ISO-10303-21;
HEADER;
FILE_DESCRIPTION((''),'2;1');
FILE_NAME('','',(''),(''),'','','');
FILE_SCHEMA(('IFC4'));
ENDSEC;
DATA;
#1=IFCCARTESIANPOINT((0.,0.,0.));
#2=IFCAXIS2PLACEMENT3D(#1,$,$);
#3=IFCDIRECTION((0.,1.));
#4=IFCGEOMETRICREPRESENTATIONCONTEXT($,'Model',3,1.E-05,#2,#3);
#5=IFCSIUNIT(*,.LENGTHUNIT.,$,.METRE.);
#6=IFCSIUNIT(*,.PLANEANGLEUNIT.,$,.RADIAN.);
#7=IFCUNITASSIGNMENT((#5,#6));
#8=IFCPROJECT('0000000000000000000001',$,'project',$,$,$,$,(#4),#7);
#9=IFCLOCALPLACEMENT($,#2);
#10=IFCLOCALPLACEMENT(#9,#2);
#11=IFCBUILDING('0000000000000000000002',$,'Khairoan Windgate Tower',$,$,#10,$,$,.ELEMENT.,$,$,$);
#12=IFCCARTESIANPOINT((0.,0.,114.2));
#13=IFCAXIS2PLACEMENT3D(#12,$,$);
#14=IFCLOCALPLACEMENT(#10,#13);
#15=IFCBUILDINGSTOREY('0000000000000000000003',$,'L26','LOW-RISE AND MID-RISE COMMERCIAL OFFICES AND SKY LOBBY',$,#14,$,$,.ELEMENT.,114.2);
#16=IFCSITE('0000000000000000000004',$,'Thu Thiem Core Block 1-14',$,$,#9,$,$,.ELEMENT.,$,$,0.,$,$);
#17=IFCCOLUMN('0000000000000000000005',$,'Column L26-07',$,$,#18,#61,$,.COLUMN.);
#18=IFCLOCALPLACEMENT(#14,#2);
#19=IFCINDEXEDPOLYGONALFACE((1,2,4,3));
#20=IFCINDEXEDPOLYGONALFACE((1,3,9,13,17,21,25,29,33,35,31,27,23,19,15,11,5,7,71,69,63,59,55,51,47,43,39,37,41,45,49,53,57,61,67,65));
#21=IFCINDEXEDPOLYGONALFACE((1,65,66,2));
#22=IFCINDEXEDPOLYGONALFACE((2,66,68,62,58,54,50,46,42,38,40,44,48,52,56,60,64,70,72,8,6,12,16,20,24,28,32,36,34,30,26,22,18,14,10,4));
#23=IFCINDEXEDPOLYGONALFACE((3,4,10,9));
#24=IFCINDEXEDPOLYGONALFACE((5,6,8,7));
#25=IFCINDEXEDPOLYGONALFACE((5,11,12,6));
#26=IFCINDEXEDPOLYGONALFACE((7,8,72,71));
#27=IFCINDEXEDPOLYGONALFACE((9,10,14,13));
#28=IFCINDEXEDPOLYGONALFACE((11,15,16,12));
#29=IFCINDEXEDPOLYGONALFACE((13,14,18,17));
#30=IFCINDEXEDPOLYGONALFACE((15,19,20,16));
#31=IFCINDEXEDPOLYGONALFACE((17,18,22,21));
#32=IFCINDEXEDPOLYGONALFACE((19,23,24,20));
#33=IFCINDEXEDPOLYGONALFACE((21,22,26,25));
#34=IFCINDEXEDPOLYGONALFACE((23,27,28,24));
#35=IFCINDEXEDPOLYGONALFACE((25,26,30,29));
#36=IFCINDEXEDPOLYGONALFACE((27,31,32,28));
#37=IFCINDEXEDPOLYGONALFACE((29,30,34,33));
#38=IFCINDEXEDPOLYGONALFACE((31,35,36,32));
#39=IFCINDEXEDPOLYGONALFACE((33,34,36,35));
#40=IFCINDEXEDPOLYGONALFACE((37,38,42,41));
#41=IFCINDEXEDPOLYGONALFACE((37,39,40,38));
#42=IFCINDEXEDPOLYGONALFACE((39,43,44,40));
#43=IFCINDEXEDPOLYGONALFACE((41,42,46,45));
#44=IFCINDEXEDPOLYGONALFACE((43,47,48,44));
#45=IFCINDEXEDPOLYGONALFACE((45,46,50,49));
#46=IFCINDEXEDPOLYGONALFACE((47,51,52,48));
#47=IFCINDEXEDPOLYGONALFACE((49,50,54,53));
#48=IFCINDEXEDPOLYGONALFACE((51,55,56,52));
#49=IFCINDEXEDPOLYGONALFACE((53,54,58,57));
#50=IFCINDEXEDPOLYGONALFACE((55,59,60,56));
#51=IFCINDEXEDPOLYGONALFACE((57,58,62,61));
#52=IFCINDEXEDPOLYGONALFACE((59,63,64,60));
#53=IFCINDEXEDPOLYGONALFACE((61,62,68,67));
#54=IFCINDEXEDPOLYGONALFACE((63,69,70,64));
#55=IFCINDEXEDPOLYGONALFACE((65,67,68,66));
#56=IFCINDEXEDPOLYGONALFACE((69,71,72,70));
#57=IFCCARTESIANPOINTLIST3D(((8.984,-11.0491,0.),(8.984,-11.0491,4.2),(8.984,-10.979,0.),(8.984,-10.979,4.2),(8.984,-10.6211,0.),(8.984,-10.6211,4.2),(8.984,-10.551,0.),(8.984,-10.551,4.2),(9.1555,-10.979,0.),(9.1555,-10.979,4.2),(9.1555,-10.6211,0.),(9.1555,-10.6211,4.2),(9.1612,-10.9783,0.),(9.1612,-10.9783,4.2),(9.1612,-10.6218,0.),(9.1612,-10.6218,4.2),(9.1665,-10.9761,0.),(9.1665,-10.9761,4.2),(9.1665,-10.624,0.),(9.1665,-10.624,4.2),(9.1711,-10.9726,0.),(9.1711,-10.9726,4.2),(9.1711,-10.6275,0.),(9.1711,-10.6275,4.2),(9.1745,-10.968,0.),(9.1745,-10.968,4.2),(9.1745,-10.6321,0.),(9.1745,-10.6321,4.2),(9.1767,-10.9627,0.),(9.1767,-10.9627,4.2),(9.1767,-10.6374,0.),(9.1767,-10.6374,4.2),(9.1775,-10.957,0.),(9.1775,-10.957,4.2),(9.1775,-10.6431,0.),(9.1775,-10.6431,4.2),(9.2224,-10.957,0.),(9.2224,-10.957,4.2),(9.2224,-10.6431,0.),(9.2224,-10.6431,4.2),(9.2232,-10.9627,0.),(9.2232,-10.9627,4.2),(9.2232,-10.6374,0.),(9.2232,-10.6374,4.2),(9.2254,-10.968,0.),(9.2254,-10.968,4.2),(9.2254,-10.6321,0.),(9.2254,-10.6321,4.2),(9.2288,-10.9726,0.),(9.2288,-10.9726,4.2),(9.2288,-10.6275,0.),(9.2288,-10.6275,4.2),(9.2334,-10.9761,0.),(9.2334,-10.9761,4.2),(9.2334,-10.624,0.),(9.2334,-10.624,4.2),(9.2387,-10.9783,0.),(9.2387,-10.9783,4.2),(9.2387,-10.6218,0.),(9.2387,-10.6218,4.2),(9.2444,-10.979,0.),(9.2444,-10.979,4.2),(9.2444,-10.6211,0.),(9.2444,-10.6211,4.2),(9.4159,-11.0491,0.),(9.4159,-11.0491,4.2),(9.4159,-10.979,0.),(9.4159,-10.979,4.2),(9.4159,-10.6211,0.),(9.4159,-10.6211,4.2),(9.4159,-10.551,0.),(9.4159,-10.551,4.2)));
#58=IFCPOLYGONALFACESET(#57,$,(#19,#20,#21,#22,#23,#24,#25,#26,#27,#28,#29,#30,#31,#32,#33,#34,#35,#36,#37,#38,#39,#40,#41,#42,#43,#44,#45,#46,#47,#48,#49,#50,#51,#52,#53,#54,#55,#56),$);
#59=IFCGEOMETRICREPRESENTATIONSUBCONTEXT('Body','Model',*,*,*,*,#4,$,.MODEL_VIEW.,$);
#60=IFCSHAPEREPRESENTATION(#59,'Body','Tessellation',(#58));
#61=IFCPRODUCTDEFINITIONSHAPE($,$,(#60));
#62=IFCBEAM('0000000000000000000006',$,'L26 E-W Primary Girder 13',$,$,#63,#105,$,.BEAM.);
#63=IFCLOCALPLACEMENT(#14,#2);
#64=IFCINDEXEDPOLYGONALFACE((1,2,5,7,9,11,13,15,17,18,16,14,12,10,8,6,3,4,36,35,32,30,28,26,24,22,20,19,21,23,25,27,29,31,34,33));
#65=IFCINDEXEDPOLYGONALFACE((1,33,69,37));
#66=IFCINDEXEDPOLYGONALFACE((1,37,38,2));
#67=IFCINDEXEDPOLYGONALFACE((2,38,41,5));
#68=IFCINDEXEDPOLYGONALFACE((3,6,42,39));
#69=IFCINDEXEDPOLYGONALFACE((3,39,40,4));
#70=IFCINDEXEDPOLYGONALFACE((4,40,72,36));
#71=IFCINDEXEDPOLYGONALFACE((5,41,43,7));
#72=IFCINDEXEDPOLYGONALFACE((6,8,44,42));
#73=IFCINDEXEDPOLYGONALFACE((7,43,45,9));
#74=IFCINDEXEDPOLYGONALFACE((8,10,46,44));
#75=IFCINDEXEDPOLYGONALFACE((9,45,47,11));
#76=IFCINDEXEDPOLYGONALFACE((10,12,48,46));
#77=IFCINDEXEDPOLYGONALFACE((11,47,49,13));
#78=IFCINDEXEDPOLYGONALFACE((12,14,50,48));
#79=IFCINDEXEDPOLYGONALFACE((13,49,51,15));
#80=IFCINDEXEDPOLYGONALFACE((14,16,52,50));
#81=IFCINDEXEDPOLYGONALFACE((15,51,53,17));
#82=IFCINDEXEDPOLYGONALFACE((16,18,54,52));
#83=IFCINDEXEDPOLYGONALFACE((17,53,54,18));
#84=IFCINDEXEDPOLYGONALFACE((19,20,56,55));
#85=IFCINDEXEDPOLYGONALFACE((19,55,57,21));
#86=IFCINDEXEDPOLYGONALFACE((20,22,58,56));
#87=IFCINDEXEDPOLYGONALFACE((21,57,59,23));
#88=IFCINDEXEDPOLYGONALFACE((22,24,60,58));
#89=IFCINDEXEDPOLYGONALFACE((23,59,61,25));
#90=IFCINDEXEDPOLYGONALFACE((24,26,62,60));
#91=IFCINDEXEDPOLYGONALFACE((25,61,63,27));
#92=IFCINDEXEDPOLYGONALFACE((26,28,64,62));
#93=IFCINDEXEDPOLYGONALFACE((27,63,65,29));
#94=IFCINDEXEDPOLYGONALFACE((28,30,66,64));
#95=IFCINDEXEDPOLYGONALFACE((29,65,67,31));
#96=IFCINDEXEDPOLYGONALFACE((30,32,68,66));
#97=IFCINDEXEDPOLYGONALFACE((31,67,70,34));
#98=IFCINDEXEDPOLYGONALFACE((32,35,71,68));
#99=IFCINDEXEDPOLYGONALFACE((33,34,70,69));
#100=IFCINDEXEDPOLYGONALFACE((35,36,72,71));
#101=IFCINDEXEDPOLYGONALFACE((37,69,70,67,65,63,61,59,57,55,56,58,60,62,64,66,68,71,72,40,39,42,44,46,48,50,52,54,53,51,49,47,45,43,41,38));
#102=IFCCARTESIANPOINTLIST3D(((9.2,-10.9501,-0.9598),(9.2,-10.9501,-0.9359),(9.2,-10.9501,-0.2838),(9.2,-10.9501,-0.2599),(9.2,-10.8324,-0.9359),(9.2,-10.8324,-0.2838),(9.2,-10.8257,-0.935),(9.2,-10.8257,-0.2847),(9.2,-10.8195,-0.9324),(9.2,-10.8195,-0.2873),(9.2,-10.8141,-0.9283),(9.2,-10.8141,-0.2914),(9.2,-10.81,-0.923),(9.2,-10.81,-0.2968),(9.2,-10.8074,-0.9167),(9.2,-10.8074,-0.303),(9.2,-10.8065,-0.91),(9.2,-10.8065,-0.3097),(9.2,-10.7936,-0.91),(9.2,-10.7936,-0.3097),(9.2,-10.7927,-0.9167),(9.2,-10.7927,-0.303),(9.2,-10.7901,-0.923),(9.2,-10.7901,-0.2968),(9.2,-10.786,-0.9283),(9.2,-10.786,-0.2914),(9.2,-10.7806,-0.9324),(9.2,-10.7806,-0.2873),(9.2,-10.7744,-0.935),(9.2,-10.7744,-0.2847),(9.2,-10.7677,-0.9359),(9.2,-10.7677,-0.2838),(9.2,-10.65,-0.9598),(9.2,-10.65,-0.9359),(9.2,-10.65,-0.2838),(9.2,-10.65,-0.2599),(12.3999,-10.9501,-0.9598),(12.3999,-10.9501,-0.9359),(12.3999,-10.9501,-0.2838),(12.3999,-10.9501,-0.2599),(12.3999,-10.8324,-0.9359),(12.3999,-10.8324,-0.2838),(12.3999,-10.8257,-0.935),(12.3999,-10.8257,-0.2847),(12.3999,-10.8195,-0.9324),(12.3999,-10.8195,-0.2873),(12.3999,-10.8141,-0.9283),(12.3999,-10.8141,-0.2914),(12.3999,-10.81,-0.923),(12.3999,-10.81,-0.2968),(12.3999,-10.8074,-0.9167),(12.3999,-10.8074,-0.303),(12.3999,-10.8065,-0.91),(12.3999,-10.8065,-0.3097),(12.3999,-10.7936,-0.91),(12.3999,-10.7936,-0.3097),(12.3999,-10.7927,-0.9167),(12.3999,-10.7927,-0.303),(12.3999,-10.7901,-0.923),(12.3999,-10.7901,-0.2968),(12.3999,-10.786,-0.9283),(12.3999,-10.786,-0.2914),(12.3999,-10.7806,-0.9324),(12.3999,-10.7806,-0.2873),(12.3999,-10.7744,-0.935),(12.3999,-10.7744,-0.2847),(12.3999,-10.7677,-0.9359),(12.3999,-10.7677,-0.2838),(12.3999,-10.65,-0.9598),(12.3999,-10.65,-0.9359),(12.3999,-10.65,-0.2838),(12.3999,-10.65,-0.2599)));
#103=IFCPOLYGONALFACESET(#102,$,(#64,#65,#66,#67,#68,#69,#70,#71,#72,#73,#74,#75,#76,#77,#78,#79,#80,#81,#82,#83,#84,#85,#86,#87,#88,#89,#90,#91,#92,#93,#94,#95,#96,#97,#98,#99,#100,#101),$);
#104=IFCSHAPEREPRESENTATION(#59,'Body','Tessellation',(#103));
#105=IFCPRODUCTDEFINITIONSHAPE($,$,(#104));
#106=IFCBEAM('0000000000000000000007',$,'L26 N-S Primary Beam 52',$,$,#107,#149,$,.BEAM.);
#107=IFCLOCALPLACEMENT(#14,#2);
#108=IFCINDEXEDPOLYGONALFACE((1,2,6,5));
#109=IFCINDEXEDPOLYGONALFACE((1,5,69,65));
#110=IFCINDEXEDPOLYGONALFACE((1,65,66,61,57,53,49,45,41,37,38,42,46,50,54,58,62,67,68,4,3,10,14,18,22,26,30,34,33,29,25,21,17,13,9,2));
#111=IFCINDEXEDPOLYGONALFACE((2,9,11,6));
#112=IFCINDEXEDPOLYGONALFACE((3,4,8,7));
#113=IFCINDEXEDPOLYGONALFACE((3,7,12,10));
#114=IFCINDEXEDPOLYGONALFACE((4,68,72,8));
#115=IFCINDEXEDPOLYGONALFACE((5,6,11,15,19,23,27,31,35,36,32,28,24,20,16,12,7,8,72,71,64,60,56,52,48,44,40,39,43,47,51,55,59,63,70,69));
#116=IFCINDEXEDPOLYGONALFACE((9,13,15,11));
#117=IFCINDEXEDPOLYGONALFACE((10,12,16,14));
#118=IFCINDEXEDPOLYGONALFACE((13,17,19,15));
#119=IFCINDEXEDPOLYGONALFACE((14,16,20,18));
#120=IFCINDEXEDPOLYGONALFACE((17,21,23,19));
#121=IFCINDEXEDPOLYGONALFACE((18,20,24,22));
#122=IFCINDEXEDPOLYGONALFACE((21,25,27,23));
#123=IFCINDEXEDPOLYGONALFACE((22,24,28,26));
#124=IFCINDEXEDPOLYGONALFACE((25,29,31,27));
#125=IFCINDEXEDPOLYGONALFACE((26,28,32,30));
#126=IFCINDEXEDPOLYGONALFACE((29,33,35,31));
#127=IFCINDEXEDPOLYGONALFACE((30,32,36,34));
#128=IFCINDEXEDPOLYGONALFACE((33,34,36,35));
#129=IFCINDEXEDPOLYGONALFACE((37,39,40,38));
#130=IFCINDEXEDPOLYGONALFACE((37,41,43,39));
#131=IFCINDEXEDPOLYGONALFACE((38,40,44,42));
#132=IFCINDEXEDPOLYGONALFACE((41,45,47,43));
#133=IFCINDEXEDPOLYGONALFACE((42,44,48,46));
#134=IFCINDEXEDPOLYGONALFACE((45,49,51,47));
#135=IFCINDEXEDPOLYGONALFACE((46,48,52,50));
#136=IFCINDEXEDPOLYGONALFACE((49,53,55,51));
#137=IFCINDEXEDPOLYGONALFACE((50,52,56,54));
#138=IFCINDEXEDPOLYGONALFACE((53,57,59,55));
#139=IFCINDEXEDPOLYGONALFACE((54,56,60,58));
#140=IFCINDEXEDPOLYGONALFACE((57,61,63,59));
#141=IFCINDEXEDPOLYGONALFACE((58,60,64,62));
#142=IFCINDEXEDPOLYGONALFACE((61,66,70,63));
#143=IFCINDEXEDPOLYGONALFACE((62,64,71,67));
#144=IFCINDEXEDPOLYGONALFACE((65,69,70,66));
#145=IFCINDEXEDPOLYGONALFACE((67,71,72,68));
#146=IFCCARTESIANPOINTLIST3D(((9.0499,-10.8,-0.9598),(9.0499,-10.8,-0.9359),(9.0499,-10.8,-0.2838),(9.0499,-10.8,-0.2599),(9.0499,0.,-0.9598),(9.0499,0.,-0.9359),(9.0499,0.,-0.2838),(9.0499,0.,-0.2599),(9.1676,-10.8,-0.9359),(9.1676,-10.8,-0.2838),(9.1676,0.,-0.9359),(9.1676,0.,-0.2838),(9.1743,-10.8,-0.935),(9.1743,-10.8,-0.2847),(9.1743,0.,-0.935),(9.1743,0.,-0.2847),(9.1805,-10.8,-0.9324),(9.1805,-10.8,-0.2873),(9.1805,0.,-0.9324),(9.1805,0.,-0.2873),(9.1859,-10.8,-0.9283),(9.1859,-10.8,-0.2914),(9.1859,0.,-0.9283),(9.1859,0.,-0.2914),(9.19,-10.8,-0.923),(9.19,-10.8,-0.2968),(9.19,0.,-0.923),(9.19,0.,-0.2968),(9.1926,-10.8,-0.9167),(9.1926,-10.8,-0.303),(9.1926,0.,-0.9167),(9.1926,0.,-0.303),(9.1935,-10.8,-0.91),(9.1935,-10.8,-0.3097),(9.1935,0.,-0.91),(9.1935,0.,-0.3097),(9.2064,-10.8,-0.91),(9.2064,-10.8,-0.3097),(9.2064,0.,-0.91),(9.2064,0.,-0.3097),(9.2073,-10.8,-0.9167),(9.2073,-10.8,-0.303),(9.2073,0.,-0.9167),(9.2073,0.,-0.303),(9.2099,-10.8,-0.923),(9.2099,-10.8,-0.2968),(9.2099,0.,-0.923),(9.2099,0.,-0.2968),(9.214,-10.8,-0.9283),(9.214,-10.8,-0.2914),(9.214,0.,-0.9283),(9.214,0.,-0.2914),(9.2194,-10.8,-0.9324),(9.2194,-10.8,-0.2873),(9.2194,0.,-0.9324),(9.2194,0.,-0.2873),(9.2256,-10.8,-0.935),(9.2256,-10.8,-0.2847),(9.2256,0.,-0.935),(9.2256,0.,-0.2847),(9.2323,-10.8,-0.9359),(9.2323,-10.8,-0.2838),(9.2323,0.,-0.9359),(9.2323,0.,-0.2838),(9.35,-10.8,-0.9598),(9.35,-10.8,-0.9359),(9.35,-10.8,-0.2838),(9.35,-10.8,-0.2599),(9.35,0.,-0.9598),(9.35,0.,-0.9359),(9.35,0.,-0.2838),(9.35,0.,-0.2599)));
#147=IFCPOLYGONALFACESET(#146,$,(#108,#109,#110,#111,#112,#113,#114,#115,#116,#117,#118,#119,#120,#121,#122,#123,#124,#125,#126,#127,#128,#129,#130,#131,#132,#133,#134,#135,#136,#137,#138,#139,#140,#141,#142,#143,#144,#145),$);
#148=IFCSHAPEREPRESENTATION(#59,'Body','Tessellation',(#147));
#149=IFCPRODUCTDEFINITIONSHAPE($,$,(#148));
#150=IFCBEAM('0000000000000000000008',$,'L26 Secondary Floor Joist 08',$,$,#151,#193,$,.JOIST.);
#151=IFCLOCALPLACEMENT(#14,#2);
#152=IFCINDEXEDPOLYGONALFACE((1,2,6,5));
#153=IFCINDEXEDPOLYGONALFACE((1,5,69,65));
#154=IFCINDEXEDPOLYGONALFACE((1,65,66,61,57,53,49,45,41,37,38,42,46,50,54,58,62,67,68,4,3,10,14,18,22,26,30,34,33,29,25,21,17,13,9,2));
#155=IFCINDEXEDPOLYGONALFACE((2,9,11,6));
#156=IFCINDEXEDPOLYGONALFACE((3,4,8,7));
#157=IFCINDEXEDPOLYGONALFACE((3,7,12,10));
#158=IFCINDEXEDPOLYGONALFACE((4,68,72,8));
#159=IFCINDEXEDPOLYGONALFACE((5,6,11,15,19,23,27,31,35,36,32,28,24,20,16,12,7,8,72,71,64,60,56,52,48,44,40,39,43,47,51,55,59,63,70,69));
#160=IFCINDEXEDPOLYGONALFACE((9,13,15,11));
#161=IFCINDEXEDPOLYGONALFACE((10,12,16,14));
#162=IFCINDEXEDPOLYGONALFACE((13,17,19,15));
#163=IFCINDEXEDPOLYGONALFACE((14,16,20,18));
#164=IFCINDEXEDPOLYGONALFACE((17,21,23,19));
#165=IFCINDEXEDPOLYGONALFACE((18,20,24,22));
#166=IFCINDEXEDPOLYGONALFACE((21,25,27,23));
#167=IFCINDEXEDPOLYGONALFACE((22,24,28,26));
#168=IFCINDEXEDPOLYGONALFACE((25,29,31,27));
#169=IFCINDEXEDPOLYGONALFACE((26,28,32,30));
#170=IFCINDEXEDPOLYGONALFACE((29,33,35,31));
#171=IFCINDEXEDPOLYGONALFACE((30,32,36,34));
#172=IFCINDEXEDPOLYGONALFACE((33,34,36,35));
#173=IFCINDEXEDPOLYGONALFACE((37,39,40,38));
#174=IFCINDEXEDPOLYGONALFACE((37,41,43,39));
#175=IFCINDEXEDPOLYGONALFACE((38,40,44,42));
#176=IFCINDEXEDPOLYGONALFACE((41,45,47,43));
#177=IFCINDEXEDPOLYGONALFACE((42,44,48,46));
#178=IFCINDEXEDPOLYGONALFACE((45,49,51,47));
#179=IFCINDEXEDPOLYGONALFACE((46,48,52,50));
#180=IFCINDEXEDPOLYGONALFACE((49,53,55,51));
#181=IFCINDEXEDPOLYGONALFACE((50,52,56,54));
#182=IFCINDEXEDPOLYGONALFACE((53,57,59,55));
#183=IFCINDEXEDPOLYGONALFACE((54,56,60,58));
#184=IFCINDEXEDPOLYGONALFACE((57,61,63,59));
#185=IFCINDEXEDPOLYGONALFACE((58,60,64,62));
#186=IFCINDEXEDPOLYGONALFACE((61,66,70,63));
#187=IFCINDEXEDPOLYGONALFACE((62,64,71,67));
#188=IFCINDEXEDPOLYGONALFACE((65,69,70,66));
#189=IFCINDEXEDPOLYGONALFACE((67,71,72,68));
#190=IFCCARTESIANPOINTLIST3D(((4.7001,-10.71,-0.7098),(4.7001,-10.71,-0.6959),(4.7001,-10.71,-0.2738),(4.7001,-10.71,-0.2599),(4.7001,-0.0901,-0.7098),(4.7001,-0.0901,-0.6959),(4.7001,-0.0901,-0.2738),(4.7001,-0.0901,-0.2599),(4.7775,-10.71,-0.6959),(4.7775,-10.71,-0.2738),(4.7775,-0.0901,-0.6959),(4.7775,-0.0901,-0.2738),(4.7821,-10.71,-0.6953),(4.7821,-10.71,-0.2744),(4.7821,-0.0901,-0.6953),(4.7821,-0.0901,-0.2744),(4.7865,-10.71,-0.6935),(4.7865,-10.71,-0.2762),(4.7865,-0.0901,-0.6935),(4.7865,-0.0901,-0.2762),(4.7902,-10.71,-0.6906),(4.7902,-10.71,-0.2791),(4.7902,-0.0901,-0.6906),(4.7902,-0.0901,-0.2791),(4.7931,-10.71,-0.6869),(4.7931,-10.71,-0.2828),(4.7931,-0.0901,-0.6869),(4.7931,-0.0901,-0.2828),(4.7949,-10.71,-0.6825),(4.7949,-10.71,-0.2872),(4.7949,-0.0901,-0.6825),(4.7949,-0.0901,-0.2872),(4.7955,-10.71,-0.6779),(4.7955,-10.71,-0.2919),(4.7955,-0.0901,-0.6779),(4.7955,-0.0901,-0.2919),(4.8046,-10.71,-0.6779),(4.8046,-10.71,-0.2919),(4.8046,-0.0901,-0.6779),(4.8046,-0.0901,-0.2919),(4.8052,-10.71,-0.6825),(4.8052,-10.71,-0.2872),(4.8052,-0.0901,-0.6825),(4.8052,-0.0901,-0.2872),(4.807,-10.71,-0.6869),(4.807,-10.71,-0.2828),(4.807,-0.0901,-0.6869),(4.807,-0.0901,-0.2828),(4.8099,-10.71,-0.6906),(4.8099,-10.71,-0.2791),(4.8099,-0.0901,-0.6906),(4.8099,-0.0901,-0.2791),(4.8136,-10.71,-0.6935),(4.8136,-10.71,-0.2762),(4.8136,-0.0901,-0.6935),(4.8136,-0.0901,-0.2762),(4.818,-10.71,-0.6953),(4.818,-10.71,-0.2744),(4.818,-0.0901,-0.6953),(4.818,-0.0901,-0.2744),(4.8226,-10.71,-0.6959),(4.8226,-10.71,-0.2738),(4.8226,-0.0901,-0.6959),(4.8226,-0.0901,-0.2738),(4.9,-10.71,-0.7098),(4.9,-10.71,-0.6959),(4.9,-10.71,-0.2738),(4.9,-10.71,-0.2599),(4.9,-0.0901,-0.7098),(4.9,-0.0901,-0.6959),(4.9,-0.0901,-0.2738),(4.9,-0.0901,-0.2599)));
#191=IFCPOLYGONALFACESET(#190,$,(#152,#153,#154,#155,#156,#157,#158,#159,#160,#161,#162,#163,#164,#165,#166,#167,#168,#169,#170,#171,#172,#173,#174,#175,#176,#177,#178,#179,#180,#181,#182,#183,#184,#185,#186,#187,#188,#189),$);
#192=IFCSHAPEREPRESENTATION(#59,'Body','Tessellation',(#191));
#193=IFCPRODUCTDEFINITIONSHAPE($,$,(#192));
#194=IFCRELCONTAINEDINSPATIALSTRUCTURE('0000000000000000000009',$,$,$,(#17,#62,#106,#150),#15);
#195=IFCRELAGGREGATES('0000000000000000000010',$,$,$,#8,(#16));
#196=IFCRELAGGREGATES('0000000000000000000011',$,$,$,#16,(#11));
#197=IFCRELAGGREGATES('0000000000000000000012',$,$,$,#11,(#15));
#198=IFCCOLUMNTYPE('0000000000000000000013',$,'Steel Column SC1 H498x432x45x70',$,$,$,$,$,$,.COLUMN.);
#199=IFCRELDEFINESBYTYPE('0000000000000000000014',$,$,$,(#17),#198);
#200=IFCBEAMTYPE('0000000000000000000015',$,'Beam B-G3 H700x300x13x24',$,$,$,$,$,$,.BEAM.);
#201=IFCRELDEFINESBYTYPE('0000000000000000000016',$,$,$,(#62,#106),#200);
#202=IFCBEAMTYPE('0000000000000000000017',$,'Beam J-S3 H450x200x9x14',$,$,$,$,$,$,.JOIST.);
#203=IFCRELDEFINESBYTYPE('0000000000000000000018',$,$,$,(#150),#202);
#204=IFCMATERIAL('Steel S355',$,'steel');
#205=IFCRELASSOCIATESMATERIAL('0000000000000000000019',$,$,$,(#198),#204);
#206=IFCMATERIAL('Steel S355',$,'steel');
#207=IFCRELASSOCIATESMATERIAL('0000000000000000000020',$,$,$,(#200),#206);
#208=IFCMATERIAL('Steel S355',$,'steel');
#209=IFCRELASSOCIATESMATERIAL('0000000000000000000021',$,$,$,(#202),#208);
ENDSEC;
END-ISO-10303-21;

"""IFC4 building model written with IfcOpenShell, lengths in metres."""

from ifc_helpers import new_model, si_unit, direction, frame, origin, origin_2d, place, context, subcontext, project, spatial, i_section, extrude, material, material_profile, profile_set, type_object, element, save


model = new_model("IFC4")

# Units and contexts
model_context = context("Model", 3, precision=1e-05, world=origin(), true_north=direction((0.0, 1.0)))
body_context = subcontext(model_context, "Body", "Model", "MODEL_VIEW")
ifc_project = project(units=[si_unit("LENGTHUNIT", "METRE"), si_unit("PLANEANGLEUNIT", "RADIAN")], contexts=[model_context])

# Site, building, storey
site_placement = place(None, origin())
site = spatial("IfcSite", under=ifc_project, at=site_placement, Name="Thu Thiem Core Block 1-14", CompositionType="ELEMENT", RefElevation=0.0)
building_placement = place(site_placement, origin())
building = spatial("IfcBuilding", under=site, at=building_placement, Name="Khairoan Windgate Tower", CompositionType="ELEMENT")
storey_placement = place(building_placement, frame((0.0, 0.0, 114.2)))
storey = spatial("IfcBuildingStorey", under=building, at=storey_placement, Name="L26", Description="LOW-RISE AND MID-RISE COMMERCIAL OFFICES AND SKY LOBBY", CompositionType="ELEMENT", Elevation=114.2)

# Column
ifc_material_1 = material(Name="Steel S355", Category="steel")
ifc_material_profile_1 = material_profile(ifc_material_1, i_section(OverallWidth=0.4319, OverallDepth=0.498, WebThickness=0.0449, FlangeThickness=0.0701, FilletRadius=0.022, at=origin_2d()))
ifc_profile_set_1 = profile_set([ifc_material_profile_1], Name="Steel S355")
column_type = type_object("IfcColumnType", Name="Steel Column SC1 H498x432x45x70", PredefinedType="COLUMN", material=ifc_profile_set_1)
column_placement = place(storey_placement, frame((9.2, -10.8, 0.0), z_axis=(0.0, 0.0, 1.0), x_axis=(1.0, 0.0, 0.0)))
element("IfcColumn", 1, at=column_placement, inside=storey, type_object=column_type, Name="Column L26-07", PredefinedType="COLUMN", context=body_context, shape_type="SweptSolid", body=[
    extrude(i_section(OverallWidth=0.4319, OverallDepth=0.498, WebThickness=0.0449, FlangeThickness=0.0701, FilletRadius=0.022, at=origin_2d()), origin(), (0.0, 0.0, 1.0), 4.2),
])

# Beams
ifc_material_2 = material(Name="Steel S355", Category="steel")
ifc_material_profile_2 = material_profile(ifc_material_2, i_section(OverallWidth=0.3, OverallDepth=0.7, WebThickness=0.0129, FlangeThickness=0.0239, FilletRadius=0.0259, at=origin_2d()))
ifc_profile_set_2 = profile_set([ifc_material_profile_2], Name="Steel S355")
beam_type_1 = type_object("IfcBeamType", Name="Beam B-G3 H700x300x13x24", PredefinedType="BEAM", material=ifc_profile_set_2)
beam_1_placement = place(storey_placement, frame((9.2, -10.8, -0.6099), z_axis=(1.0, 0.0, 0.0), x_axis=(0.0, 1.0, 0.0)))
element("IfcBeam", 2, at=beam_1_placement, inside=storey, type_object=beam_type_1, Name="L26 E-W Primary Girder 13", PredefinedType="BEAM", context=body_context, shape_type="SweptSolid", body=[
    extrude(i_section(OverallWidth=0.3, OverallDepth=0.7, WebThickness=0.0129, FlangeThickness=0.0239, FilletRadius=0.0259, at=origin_2d()), origin(), (0.0, 0.0, 1.0), 3.2),
])
beam_2_placement = place(storey_placement, frame((9.2, -10.8, -0.6099), z_axis=(0.0, 1.0, 0.0), x_axis=(-1.0, 0.0, 0.0)))
element("IfcBeam", 3, at=beam_2_placement, inside=storey, type_object=beam_type_1, Name="L26 N-S Primary Beam 52", PredefinedType="BEAM", context=body_context, shape_type="SweptSolid", body=[
    extrude(i_section(OverallWidth=0.3, OverallDepth=0.7, WebThickness=0.0129, FlangeThickness=0.0239, FilletRadius=0.0259, at=origin_2d()), origin(), (0.0, 0.0, 1.0), 10.8),
])
ifc_material_3 = material(Name="Steel S355", Category="steel")
ifc_material_profile_3 = material_profile(ifc_material_3, i_section(OverallWidth=0.2, OverallDepth=0.45, WebThickness=0.009, FlangeThickness=0.0139, FilletRadius=0.0181, at=origin_2d()))
ifc_profile_set_3 = profile_set([ifc_material_profile_3], Name="Steel S355")
beam_type_2 = type_object("IfcBeamType", Name="Beam J-S3 H450x200x9x14", PredefinedType="JOIST", material=ifc_profile_set_3)
beam_3_placement = place(storey_placement, frame((4.8, -10.71, -0.4849), z_axis=(0.0, 1.0, 0.0), x_axis=(-1.0, 0.0, 0.0)))
element("IfcBeam", 4, at=beam_3_placement, inside=storey, type_object=beam_type_2, Name="L26 Secondary Floor Joist 08", PredefinedType="JOIST", context=body_context, shape_type="SweptSolid", body=[
    extrude(i_section(OverallWidth=0.2, OverallDepth=0.45, WebThickness=0.009, FlangeThickness=0.0139, FilletRadius=0.0181, at=origin_2d()), origin(), (0.0, 0.0, 1.0), 10.6199),
])

save(model, "model.ifc")
